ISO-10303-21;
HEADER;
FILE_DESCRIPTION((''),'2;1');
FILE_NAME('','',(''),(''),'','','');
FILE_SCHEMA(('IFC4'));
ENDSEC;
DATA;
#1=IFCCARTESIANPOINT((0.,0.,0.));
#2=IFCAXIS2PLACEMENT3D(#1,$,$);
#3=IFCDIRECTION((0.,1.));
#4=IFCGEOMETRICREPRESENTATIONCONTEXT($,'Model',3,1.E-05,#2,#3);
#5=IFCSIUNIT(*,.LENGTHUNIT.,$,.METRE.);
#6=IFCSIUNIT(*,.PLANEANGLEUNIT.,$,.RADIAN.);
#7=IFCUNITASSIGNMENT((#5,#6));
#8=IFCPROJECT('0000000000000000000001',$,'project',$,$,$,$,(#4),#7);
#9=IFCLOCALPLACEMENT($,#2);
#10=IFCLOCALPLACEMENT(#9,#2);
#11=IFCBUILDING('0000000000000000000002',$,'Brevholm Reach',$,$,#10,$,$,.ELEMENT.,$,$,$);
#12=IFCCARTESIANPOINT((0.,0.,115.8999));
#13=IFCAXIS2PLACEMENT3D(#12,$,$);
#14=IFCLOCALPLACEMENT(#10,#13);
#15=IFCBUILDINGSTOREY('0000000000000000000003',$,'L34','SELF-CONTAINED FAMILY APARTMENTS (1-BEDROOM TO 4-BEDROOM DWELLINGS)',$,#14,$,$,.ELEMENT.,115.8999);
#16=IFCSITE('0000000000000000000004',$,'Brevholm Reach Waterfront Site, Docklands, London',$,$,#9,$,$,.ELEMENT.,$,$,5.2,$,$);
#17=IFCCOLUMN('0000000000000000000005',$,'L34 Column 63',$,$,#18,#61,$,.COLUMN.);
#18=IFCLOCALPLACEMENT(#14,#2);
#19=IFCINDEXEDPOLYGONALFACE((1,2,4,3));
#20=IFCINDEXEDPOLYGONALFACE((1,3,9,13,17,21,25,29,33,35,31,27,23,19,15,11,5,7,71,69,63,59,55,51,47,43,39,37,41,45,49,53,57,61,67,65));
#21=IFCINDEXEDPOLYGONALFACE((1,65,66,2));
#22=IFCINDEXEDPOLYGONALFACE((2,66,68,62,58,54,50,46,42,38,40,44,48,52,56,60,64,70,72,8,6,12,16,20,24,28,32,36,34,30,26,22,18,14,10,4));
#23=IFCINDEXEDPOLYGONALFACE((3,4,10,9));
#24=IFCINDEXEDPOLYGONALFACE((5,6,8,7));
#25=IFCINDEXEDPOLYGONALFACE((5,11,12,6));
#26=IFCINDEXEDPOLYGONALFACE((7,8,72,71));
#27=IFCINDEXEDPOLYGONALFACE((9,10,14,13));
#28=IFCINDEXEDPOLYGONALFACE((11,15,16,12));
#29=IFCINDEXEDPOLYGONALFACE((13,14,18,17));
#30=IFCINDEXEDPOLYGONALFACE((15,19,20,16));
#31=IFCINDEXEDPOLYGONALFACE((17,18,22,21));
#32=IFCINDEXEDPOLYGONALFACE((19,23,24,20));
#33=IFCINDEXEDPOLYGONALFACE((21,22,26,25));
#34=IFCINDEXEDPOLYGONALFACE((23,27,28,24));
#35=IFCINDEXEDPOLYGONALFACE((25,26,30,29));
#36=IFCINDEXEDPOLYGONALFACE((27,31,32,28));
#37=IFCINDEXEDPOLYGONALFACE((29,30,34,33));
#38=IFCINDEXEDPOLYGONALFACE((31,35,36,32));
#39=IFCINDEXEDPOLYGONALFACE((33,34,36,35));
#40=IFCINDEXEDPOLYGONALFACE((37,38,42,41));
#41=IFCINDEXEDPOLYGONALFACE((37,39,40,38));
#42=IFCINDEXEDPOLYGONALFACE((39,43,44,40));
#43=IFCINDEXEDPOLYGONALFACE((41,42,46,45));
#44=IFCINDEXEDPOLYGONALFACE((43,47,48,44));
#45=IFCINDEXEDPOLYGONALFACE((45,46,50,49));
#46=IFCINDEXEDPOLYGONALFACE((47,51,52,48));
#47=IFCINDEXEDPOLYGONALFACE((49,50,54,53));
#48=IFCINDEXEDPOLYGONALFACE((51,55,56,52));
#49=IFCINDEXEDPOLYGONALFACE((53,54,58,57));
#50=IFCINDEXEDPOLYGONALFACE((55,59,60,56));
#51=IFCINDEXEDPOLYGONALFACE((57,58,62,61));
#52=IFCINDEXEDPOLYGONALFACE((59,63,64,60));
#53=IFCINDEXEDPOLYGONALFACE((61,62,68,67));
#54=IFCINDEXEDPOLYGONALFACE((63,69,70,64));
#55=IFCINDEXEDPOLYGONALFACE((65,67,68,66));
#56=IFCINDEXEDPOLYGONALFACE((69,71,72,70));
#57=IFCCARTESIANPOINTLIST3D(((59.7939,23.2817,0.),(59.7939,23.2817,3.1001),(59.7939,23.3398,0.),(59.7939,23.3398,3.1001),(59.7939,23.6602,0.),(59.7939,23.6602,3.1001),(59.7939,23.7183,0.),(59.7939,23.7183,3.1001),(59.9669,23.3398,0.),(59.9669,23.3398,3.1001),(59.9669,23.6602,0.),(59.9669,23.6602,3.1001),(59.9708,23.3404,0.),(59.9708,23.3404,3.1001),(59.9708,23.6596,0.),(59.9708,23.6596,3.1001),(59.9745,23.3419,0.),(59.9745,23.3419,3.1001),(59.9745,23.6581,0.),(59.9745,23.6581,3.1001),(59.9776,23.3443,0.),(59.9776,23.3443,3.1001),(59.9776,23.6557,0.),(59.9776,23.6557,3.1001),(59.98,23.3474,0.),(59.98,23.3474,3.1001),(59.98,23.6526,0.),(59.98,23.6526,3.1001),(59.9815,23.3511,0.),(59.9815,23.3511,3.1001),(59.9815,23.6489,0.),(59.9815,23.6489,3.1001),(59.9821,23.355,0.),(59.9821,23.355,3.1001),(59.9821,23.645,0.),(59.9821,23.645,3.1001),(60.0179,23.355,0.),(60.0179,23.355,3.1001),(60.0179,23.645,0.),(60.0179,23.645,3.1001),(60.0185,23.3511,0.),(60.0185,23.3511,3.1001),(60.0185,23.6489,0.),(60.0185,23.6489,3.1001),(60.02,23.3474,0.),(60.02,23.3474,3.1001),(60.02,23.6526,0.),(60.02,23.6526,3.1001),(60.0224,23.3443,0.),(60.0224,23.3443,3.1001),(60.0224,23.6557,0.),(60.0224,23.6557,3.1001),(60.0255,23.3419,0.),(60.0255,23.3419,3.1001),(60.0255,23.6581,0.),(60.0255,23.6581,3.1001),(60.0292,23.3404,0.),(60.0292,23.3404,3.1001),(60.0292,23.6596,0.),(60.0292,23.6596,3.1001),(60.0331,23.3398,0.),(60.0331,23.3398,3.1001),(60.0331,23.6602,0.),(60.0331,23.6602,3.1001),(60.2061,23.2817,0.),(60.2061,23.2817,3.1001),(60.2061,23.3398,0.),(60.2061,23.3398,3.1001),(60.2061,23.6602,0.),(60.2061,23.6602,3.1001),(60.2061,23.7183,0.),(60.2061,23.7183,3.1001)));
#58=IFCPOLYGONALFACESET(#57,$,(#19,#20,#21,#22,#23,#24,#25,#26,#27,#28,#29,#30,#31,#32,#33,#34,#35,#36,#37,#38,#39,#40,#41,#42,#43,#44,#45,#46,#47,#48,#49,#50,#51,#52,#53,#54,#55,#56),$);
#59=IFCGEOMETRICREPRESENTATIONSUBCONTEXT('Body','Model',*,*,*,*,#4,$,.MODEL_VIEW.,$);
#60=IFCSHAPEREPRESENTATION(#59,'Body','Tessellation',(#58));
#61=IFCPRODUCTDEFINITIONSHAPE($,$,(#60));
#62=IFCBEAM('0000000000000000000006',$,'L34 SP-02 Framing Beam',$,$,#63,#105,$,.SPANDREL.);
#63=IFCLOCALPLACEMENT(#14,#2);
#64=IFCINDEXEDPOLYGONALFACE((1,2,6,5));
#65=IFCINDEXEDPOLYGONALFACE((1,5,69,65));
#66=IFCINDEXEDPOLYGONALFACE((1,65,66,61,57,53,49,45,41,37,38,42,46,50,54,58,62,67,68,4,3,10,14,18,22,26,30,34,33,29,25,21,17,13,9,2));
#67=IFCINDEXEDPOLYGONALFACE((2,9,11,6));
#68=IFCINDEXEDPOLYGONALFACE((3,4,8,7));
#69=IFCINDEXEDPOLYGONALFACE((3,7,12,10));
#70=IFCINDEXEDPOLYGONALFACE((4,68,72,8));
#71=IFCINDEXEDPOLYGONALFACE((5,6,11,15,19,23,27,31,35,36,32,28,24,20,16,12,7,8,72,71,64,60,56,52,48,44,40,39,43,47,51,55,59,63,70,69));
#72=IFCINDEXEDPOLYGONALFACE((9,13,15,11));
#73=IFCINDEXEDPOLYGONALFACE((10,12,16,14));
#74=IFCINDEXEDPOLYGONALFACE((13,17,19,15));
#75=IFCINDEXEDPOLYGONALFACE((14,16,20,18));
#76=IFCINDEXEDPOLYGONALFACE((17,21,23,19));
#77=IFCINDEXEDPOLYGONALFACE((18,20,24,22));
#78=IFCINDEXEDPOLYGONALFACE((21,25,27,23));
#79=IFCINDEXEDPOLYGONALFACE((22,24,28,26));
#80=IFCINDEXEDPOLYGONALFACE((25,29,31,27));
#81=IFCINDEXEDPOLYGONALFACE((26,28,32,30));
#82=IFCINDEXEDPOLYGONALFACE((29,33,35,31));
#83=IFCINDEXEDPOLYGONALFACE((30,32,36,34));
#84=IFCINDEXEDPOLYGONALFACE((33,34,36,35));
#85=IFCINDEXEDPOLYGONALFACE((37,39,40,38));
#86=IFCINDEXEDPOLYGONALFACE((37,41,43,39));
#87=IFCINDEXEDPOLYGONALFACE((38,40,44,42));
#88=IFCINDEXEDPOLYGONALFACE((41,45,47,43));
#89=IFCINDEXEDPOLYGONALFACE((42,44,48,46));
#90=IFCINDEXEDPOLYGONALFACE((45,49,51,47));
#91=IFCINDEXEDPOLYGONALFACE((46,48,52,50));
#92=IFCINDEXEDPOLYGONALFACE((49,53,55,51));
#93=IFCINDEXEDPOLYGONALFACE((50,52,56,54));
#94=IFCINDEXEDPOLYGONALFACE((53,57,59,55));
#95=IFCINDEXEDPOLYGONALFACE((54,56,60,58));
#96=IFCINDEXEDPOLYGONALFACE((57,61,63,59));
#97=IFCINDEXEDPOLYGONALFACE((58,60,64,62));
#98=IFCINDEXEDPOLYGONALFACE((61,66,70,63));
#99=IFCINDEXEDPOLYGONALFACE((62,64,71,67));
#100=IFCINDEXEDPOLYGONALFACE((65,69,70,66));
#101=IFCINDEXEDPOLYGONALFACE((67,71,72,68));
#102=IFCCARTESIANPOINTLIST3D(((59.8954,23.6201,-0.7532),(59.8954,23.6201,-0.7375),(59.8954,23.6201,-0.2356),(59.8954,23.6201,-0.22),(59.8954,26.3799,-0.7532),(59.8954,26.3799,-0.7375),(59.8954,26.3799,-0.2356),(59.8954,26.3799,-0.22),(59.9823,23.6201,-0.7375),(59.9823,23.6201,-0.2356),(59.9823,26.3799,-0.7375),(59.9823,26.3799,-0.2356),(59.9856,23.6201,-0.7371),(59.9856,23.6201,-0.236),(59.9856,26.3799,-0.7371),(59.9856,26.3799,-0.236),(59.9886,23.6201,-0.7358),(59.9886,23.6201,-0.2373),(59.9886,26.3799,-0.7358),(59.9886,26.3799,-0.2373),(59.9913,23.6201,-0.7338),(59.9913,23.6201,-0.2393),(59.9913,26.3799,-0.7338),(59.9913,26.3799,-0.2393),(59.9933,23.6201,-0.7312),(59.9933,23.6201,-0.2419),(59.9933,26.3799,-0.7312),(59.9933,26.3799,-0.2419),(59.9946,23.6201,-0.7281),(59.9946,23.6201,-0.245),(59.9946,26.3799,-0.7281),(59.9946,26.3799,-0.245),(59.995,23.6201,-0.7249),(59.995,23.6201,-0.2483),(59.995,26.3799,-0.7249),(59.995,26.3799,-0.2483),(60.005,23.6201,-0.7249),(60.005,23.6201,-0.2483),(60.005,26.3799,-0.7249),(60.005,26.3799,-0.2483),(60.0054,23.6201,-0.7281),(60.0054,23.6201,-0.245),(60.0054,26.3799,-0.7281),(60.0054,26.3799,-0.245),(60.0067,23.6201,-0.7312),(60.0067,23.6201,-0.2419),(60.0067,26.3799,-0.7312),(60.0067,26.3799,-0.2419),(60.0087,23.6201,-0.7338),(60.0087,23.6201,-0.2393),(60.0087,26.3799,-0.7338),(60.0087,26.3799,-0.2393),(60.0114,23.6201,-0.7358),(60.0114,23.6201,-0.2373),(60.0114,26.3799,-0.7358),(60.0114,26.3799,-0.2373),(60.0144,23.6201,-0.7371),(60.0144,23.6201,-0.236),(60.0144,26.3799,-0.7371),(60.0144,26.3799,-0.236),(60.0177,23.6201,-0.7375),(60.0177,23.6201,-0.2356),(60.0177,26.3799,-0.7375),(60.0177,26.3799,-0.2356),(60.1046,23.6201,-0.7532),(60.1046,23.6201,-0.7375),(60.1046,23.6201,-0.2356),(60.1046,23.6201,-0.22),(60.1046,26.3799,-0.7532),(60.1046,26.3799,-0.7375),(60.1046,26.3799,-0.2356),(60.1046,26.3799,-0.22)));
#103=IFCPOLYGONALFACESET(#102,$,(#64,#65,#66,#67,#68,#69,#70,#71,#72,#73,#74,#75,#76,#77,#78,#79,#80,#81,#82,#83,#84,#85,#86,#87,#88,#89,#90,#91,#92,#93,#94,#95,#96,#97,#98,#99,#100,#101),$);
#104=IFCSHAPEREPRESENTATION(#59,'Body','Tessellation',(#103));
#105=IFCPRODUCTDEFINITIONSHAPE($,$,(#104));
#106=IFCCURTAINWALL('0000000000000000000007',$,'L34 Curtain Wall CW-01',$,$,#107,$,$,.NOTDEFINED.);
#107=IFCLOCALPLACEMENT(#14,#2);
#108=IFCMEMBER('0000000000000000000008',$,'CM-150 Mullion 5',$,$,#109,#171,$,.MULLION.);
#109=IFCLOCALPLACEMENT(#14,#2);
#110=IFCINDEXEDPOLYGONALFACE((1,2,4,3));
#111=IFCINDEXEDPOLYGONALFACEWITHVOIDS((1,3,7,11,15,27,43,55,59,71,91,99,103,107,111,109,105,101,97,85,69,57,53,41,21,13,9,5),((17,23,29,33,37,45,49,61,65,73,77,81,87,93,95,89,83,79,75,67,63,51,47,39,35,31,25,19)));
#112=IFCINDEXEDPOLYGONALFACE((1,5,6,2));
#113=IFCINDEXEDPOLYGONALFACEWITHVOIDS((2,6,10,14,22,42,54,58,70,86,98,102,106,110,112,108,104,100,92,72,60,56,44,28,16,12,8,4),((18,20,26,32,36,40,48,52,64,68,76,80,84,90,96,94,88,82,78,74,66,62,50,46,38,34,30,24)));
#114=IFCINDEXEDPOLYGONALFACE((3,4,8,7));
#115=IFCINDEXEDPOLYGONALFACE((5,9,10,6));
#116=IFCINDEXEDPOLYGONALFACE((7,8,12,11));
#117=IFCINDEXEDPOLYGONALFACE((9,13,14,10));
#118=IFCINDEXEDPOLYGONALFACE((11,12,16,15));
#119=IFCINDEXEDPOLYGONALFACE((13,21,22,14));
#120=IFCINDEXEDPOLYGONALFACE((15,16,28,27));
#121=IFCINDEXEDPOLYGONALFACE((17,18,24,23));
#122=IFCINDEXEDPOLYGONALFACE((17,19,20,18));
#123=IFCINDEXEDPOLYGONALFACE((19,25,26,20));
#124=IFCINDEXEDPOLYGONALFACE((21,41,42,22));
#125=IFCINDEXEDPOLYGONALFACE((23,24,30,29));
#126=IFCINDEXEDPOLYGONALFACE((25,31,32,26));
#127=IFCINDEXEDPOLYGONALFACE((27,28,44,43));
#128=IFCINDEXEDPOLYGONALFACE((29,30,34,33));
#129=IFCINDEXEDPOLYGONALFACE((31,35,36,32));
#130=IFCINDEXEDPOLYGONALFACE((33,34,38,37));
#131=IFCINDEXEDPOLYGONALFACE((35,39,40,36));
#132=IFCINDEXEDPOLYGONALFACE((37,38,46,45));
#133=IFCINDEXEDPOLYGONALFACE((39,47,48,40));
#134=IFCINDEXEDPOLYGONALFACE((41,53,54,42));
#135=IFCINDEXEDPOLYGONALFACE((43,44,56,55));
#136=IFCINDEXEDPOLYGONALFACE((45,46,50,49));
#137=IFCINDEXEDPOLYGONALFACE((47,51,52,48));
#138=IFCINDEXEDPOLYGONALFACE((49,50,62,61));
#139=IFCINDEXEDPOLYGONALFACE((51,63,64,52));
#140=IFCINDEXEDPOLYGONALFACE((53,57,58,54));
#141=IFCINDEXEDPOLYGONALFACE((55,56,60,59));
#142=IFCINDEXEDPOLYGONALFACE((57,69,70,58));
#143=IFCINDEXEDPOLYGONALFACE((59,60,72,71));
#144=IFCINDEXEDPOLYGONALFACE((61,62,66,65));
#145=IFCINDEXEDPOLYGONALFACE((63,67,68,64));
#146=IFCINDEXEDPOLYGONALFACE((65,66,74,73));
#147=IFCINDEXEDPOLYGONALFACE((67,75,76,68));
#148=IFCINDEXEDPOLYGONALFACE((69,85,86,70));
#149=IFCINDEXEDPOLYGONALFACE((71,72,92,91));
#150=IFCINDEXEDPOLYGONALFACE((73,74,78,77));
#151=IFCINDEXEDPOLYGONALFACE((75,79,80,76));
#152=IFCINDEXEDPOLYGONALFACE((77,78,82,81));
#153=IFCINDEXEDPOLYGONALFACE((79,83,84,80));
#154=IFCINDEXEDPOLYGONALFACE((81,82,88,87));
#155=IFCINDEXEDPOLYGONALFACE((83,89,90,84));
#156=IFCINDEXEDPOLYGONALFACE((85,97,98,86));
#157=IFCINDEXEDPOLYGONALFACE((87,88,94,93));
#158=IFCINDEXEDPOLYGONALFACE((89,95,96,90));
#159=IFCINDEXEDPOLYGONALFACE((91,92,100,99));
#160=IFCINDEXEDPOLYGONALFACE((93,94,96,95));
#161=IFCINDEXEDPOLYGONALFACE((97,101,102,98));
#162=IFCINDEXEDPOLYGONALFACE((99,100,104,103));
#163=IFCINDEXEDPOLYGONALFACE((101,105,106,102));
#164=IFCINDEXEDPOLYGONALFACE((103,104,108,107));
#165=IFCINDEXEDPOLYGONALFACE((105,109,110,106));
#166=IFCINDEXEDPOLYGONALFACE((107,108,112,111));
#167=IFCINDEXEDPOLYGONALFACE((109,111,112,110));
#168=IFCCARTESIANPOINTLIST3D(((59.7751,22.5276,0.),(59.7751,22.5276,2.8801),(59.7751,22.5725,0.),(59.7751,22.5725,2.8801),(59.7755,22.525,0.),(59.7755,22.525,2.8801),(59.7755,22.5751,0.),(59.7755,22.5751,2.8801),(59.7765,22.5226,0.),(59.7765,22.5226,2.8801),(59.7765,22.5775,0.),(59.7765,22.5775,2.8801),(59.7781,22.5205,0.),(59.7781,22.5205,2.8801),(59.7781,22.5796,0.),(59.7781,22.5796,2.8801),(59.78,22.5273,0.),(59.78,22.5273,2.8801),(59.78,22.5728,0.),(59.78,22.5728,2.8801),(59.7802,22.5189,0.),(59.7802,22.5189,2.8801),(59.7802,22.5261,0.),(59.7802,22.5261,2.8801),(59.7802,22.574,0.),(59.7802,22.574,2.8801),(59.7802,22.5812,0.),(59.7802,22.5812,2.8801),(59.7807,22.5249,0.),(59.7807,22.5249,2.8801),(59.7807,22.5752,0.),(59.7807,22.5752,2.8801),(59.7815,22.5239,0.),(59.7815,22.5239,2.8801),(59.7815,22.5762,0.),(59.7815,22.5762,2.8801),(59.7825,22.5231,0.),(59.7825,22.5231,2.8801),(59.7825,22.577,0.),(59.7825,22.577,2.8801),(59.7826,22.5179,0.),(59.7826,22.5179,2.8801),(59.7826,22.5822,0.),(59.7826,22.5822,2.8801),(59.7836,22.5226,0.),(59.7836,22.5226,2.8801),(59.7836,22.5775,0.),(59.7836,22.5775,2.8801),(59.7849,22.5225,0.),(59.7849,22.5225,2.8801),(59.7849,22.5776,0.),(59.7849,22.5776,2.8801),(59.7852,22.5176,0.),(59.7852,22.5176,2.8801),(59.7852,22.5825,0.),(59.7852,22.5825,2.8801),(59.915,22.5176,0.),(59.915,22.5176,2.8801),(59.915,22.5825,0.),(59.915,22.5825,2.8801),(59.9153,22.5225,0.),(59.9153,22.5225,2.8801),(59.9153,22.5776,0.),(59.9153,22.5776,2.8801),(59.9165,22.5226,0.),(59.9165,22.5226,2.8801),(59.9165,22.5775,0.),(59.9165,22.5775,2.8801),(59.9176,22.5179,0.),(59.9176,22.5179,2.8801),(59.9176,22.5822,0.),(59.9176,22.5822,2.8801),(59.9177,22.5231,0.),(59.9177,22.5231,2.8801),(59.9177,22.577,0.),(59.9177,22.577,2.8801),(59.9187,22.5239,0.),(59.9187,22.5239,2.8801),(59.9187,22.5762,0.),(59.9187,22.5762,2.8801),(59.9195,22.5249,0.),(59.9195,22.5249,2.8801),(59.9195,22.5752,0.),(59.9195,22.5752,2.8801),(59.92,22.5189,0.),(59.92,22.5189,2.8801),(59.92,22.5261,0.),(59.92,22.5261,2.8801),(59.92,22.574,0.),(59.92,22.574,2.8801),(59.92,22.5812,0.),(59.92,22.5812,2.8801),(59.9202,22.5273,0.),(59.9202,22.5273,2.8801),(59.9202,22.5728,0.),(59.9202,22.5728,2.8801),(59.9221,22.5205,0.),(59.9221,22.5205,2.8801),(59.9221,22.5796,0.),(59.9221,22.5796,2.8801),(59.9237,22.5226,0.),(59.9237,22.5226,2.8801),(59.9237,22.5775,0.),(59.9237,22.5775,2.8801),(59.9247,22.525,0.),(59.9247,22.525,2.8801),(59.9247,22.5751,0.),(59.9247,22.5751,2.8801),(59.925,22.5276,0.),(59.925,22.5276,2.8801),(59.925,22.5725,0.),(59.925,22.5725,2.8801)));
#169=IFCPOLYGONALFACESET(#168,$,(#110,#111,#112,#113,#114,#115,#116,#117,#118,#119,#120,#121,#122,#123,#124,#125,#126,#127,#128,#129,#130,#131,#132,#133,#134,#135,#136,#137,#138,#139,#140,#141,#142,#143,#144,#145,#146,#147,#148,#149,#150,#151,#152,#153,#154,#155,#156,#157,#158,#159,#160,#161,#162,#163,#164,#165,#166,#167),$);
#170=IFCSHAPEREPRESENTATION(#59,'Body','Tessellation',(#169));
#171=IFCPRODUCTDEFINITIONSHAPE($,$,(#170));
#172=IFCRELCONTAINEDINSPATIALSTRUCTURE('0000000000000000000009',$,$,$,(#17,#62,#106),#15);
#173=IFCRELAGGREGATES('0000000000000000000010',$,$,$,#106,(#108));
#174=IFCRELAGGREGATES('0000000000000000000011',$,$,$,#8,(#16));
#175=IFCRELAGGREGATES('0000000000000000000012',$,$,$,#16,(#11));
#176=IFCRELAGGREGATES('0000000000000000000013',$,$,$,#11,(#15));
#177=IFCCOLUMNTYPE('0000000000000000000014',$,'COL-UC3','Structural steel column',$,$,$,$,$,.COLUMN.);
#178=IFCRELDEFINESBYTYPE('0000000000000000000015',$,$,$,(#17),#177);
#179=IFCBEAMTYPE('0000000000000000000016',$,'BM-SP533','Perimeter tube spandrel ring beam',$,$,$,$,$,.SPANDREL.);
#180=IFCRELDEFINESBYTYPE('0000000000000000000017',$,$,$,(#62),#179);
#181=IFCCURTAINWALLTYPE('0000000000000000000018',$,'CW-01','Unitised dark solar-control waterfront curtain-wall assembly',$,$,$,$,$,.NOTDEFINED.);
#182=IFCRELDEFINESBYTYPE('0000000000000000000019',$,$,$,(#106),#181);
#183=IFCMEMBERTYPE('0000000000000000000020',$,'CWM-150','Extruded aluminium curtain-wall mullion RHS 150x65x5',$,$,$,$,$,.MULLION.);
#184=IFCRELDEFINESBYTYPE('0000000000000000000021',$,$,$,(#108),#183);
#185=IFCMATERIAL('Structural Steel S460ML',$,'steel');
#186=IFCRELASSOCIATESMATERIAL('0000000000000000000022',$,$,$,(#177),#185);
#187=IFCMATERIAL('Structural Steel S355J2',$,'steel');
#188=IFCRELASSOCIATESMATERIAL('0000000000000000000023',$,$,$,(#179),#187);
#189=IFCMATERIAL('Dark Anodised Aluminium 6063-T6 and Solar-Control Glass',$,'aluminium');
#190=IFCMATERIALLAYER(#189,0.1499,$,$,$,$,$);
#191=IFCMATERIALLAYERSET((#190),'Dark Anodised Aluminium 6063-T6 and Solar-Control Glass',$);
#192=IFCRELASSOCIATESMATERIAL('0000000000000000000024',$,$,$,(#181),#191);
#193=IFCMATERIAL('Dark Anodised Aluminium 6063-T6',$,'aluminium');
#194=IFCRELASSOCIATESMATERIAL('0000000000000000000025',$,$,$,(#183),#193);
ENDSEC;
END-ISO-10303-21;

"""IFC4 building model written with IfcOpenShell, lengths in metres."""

from ifc_helpers import new_model, si_unit, direction, frame, origin, origin_2d, place, context, subcontext, project, spatial, hollow_rectangle, i_section, extrude, material, layer, layer_set, material_profile, profile_set, type_object, element, aggregate, save


model = new_model("IFC4")

# Units and contexts
model_context = context("Model", 3, precision=1e-05, world=origin(), true_north=direction((0.0, 1.0)))
body_context = subcontext(model_context, "Body", "Model", "MODEL_VIEW")
ifc_project = project(units=[si_unit("LENGTHUNIT", "METRE"), si_unit("PLANEANGLEUNIT", "RADIAN")], contexts=[model_context])

# Site, building, storey
site_placement = place(None, origin())
site = spatial("IfcSite", under=ifc_project, at=site_placement, Name="Brevholm Reach Waterfront Site, Docklands, London", CompositionType="ELEMENT", RefElevation=5.2)
building_placement = place(site_placement, origin())
building = spatial("IfcBuilding", under=site, at=building_placement, Name="Brevholm Reach", CompositionType="ELEMENT")
storey_placement = place(building_placement, frame((0.0, 0.0, 115.8999)))
storey = spatial("IfcBuildingStorey", under=building, at=storey_placement, Name="L34", Description="SELF-CONTAINED FAMILY APARTMENTS (1-BEDROOM TO 4-BEDROOM DWELLINGS)", CompositionType="ELEMENT", Elevation=115.8999)

# Column
ifc_material_1 = material(Name="Structural Steel S460ML", Category="steel")
ifc_material_profile_1 = material_profile(ifc_material_1, i_section(OverallWidth=0.4121, OverallDepth=0.4365, WebThickness=0.0359, FlangeThickness=0.0581, FilletRadius=0.0151, at=origin_2d()), Name="UKC 356x406x467")
ifc_profile_set_1 = profile_set([ifc_material_profile_1], Name="Structural Steel S460ML")
column_type = type_object("IfcColumnType", Name="COL-UC3", Description="Structural steel column", PredefinedType="COLUMN", material=ifc_profile_set_1)
column_placement = place(storey_placement, frame((60.0, 23.5, 0.0), z_axis=(0.0, 0.0, 1.0), x_axis=(1.0, 0.0, 0.0)))
element("IfcColumn", 1, at=column_placement, inside=storey, type_object=column_type, Name="L34 Column 63", PredefinedType="COLUMN", context=body_context, shape_type="SweptSolid", body=[
    extrude(i_section(OverallWidth=0.4121, OverallDepth=0.4365, WebThickness=0.0359, FlangeThickness=0.0581, FilletRadius=0.0151, at=origin_2d()), origin(), (0.0, 0.0, 1.0), 3.1001),
])

# Beam
ifc_material_2 = material(Name="Structural Steel S355J2", Category="steel")
ifc_material_profile_2 = material_profile(ifc_material_2, i_section(OverallWidth=0.2092, OverallDepth=0.5332, WebThickness=0.01, FlangeThickness=0.0156, FilletRadius=0.0127, at=origin_2d()), Name="UKB 533x210x92")
ifc_profile_set_2 = profile_set([ifc_material_profile_2], Name="Structural Steel S355J2")
beam_type = type_object("IfcBeamType", Name="BM-SP533", Description="Perimeter tube spandrel ring beam", PredefinedType="SPANDREL", material=ifc_profile_set_2)
beam_placement = place(storey_placement, frame((60.0, 23.6201, -0.4866), z_axis=(0.0, 1.0, 0.0), x_axis=(-1.0, 0.0, 0.0)))
element("IfcBeam", 2, at=beam_placement, inside=storey, type_object=beam_type, Name="L34 SP-02 Framing Beam", PredefinedType="SPANDREL", context=body_context, shape_type="SweptSolid", body=[
    extrude(i_section(OverallWidth=0.2092, OverallDepth=0.5332, WebThickness=0.01, FlangeThickness=0.0156, FilletRadius=0.0127, at=origin_2d()), origin(), (0.0, 0.0, 1.0), 2.7598),
])

# Curtain wall, member
ifc_material_3 = material(Name="Dark Anodised Aluminium 6063-T6 and Solar-Control Glass", Category="aluminium")
ifc_layer_1 = layer(ifc_material_3, 0.1499)
ifc_layer_set_1 = layer_set([ifc_layer_1], Name="Dark Anodised Aluminium 6063-T6 and Solar-Control Glass")
curtain_wall_type = type_object("IfcCurtainWallType", Name="CW-01", Description="Unitised dark solar-control waterfront curtain-wall assembly", PredefinedType="NOTDEFINED", material=ifc_layer_set_1)
curtain_wall_placement = place(storey_placement, origin())
curtain_wall = element("IfcCurtainWall", 3, at=curtain_wall_placement, inside=storey, type_object=curtain_wall_type, Name="L34 Curtain Wall CW-01", PredefinedType="NOTDEFINED")
ifc_material_4 = material(Name="Dark Anodised Aluminium 6063-T6", Category="aluminium")
ifc_material_profile_3 = material_profile(ifc_material_4, hollow_rectangle(XDim=0.0649, YDim=0.1499, WallThickness=0.0049, InnerFilletRadius=0.0049, OuterFilletRadius=0.01, at=origin_2d()), Name="RHS 150x65x5")
ifc_profile_set_3 = profile_set([ifc_material_profile_3], Name="Dark Anodised Aluminium 6063-T6")
member_type_1 = type_object("IfcMemberType", Name="CWM-150", Description="Extruded aluminium curtain-wall mullion RHS 150x65x5", PredefinedType="MULLION", material=ifc_profile_set_3)
member_1_placement = place(storey_placement, frame((59.8501, 22.55, 0.0), z_axis=(0.0, 0.0, 1.0), x_axis=(0.0, 1.0, 0.0)))
member_1 = element("IfcMember", 4, at=member_1_placement, type_object=member_type_1, Name="CM-150 Mullion 5", PredefinedType="MULLION", context=body_context, shape_type="SweptSolid", body=[
    extrude(hollow_rectangle(XDim=0.0649, YDim=0.1499, WallThickness=0.0049, InnerFilletRadius=0.0049, OuterFilletRadius=0.01, at=origin_2d()), origin(), (0.0, 0.0, 1.0), 2.8801),
])
aggregate(curtain_wall, [member_1])

save(model, "model.ifc")
